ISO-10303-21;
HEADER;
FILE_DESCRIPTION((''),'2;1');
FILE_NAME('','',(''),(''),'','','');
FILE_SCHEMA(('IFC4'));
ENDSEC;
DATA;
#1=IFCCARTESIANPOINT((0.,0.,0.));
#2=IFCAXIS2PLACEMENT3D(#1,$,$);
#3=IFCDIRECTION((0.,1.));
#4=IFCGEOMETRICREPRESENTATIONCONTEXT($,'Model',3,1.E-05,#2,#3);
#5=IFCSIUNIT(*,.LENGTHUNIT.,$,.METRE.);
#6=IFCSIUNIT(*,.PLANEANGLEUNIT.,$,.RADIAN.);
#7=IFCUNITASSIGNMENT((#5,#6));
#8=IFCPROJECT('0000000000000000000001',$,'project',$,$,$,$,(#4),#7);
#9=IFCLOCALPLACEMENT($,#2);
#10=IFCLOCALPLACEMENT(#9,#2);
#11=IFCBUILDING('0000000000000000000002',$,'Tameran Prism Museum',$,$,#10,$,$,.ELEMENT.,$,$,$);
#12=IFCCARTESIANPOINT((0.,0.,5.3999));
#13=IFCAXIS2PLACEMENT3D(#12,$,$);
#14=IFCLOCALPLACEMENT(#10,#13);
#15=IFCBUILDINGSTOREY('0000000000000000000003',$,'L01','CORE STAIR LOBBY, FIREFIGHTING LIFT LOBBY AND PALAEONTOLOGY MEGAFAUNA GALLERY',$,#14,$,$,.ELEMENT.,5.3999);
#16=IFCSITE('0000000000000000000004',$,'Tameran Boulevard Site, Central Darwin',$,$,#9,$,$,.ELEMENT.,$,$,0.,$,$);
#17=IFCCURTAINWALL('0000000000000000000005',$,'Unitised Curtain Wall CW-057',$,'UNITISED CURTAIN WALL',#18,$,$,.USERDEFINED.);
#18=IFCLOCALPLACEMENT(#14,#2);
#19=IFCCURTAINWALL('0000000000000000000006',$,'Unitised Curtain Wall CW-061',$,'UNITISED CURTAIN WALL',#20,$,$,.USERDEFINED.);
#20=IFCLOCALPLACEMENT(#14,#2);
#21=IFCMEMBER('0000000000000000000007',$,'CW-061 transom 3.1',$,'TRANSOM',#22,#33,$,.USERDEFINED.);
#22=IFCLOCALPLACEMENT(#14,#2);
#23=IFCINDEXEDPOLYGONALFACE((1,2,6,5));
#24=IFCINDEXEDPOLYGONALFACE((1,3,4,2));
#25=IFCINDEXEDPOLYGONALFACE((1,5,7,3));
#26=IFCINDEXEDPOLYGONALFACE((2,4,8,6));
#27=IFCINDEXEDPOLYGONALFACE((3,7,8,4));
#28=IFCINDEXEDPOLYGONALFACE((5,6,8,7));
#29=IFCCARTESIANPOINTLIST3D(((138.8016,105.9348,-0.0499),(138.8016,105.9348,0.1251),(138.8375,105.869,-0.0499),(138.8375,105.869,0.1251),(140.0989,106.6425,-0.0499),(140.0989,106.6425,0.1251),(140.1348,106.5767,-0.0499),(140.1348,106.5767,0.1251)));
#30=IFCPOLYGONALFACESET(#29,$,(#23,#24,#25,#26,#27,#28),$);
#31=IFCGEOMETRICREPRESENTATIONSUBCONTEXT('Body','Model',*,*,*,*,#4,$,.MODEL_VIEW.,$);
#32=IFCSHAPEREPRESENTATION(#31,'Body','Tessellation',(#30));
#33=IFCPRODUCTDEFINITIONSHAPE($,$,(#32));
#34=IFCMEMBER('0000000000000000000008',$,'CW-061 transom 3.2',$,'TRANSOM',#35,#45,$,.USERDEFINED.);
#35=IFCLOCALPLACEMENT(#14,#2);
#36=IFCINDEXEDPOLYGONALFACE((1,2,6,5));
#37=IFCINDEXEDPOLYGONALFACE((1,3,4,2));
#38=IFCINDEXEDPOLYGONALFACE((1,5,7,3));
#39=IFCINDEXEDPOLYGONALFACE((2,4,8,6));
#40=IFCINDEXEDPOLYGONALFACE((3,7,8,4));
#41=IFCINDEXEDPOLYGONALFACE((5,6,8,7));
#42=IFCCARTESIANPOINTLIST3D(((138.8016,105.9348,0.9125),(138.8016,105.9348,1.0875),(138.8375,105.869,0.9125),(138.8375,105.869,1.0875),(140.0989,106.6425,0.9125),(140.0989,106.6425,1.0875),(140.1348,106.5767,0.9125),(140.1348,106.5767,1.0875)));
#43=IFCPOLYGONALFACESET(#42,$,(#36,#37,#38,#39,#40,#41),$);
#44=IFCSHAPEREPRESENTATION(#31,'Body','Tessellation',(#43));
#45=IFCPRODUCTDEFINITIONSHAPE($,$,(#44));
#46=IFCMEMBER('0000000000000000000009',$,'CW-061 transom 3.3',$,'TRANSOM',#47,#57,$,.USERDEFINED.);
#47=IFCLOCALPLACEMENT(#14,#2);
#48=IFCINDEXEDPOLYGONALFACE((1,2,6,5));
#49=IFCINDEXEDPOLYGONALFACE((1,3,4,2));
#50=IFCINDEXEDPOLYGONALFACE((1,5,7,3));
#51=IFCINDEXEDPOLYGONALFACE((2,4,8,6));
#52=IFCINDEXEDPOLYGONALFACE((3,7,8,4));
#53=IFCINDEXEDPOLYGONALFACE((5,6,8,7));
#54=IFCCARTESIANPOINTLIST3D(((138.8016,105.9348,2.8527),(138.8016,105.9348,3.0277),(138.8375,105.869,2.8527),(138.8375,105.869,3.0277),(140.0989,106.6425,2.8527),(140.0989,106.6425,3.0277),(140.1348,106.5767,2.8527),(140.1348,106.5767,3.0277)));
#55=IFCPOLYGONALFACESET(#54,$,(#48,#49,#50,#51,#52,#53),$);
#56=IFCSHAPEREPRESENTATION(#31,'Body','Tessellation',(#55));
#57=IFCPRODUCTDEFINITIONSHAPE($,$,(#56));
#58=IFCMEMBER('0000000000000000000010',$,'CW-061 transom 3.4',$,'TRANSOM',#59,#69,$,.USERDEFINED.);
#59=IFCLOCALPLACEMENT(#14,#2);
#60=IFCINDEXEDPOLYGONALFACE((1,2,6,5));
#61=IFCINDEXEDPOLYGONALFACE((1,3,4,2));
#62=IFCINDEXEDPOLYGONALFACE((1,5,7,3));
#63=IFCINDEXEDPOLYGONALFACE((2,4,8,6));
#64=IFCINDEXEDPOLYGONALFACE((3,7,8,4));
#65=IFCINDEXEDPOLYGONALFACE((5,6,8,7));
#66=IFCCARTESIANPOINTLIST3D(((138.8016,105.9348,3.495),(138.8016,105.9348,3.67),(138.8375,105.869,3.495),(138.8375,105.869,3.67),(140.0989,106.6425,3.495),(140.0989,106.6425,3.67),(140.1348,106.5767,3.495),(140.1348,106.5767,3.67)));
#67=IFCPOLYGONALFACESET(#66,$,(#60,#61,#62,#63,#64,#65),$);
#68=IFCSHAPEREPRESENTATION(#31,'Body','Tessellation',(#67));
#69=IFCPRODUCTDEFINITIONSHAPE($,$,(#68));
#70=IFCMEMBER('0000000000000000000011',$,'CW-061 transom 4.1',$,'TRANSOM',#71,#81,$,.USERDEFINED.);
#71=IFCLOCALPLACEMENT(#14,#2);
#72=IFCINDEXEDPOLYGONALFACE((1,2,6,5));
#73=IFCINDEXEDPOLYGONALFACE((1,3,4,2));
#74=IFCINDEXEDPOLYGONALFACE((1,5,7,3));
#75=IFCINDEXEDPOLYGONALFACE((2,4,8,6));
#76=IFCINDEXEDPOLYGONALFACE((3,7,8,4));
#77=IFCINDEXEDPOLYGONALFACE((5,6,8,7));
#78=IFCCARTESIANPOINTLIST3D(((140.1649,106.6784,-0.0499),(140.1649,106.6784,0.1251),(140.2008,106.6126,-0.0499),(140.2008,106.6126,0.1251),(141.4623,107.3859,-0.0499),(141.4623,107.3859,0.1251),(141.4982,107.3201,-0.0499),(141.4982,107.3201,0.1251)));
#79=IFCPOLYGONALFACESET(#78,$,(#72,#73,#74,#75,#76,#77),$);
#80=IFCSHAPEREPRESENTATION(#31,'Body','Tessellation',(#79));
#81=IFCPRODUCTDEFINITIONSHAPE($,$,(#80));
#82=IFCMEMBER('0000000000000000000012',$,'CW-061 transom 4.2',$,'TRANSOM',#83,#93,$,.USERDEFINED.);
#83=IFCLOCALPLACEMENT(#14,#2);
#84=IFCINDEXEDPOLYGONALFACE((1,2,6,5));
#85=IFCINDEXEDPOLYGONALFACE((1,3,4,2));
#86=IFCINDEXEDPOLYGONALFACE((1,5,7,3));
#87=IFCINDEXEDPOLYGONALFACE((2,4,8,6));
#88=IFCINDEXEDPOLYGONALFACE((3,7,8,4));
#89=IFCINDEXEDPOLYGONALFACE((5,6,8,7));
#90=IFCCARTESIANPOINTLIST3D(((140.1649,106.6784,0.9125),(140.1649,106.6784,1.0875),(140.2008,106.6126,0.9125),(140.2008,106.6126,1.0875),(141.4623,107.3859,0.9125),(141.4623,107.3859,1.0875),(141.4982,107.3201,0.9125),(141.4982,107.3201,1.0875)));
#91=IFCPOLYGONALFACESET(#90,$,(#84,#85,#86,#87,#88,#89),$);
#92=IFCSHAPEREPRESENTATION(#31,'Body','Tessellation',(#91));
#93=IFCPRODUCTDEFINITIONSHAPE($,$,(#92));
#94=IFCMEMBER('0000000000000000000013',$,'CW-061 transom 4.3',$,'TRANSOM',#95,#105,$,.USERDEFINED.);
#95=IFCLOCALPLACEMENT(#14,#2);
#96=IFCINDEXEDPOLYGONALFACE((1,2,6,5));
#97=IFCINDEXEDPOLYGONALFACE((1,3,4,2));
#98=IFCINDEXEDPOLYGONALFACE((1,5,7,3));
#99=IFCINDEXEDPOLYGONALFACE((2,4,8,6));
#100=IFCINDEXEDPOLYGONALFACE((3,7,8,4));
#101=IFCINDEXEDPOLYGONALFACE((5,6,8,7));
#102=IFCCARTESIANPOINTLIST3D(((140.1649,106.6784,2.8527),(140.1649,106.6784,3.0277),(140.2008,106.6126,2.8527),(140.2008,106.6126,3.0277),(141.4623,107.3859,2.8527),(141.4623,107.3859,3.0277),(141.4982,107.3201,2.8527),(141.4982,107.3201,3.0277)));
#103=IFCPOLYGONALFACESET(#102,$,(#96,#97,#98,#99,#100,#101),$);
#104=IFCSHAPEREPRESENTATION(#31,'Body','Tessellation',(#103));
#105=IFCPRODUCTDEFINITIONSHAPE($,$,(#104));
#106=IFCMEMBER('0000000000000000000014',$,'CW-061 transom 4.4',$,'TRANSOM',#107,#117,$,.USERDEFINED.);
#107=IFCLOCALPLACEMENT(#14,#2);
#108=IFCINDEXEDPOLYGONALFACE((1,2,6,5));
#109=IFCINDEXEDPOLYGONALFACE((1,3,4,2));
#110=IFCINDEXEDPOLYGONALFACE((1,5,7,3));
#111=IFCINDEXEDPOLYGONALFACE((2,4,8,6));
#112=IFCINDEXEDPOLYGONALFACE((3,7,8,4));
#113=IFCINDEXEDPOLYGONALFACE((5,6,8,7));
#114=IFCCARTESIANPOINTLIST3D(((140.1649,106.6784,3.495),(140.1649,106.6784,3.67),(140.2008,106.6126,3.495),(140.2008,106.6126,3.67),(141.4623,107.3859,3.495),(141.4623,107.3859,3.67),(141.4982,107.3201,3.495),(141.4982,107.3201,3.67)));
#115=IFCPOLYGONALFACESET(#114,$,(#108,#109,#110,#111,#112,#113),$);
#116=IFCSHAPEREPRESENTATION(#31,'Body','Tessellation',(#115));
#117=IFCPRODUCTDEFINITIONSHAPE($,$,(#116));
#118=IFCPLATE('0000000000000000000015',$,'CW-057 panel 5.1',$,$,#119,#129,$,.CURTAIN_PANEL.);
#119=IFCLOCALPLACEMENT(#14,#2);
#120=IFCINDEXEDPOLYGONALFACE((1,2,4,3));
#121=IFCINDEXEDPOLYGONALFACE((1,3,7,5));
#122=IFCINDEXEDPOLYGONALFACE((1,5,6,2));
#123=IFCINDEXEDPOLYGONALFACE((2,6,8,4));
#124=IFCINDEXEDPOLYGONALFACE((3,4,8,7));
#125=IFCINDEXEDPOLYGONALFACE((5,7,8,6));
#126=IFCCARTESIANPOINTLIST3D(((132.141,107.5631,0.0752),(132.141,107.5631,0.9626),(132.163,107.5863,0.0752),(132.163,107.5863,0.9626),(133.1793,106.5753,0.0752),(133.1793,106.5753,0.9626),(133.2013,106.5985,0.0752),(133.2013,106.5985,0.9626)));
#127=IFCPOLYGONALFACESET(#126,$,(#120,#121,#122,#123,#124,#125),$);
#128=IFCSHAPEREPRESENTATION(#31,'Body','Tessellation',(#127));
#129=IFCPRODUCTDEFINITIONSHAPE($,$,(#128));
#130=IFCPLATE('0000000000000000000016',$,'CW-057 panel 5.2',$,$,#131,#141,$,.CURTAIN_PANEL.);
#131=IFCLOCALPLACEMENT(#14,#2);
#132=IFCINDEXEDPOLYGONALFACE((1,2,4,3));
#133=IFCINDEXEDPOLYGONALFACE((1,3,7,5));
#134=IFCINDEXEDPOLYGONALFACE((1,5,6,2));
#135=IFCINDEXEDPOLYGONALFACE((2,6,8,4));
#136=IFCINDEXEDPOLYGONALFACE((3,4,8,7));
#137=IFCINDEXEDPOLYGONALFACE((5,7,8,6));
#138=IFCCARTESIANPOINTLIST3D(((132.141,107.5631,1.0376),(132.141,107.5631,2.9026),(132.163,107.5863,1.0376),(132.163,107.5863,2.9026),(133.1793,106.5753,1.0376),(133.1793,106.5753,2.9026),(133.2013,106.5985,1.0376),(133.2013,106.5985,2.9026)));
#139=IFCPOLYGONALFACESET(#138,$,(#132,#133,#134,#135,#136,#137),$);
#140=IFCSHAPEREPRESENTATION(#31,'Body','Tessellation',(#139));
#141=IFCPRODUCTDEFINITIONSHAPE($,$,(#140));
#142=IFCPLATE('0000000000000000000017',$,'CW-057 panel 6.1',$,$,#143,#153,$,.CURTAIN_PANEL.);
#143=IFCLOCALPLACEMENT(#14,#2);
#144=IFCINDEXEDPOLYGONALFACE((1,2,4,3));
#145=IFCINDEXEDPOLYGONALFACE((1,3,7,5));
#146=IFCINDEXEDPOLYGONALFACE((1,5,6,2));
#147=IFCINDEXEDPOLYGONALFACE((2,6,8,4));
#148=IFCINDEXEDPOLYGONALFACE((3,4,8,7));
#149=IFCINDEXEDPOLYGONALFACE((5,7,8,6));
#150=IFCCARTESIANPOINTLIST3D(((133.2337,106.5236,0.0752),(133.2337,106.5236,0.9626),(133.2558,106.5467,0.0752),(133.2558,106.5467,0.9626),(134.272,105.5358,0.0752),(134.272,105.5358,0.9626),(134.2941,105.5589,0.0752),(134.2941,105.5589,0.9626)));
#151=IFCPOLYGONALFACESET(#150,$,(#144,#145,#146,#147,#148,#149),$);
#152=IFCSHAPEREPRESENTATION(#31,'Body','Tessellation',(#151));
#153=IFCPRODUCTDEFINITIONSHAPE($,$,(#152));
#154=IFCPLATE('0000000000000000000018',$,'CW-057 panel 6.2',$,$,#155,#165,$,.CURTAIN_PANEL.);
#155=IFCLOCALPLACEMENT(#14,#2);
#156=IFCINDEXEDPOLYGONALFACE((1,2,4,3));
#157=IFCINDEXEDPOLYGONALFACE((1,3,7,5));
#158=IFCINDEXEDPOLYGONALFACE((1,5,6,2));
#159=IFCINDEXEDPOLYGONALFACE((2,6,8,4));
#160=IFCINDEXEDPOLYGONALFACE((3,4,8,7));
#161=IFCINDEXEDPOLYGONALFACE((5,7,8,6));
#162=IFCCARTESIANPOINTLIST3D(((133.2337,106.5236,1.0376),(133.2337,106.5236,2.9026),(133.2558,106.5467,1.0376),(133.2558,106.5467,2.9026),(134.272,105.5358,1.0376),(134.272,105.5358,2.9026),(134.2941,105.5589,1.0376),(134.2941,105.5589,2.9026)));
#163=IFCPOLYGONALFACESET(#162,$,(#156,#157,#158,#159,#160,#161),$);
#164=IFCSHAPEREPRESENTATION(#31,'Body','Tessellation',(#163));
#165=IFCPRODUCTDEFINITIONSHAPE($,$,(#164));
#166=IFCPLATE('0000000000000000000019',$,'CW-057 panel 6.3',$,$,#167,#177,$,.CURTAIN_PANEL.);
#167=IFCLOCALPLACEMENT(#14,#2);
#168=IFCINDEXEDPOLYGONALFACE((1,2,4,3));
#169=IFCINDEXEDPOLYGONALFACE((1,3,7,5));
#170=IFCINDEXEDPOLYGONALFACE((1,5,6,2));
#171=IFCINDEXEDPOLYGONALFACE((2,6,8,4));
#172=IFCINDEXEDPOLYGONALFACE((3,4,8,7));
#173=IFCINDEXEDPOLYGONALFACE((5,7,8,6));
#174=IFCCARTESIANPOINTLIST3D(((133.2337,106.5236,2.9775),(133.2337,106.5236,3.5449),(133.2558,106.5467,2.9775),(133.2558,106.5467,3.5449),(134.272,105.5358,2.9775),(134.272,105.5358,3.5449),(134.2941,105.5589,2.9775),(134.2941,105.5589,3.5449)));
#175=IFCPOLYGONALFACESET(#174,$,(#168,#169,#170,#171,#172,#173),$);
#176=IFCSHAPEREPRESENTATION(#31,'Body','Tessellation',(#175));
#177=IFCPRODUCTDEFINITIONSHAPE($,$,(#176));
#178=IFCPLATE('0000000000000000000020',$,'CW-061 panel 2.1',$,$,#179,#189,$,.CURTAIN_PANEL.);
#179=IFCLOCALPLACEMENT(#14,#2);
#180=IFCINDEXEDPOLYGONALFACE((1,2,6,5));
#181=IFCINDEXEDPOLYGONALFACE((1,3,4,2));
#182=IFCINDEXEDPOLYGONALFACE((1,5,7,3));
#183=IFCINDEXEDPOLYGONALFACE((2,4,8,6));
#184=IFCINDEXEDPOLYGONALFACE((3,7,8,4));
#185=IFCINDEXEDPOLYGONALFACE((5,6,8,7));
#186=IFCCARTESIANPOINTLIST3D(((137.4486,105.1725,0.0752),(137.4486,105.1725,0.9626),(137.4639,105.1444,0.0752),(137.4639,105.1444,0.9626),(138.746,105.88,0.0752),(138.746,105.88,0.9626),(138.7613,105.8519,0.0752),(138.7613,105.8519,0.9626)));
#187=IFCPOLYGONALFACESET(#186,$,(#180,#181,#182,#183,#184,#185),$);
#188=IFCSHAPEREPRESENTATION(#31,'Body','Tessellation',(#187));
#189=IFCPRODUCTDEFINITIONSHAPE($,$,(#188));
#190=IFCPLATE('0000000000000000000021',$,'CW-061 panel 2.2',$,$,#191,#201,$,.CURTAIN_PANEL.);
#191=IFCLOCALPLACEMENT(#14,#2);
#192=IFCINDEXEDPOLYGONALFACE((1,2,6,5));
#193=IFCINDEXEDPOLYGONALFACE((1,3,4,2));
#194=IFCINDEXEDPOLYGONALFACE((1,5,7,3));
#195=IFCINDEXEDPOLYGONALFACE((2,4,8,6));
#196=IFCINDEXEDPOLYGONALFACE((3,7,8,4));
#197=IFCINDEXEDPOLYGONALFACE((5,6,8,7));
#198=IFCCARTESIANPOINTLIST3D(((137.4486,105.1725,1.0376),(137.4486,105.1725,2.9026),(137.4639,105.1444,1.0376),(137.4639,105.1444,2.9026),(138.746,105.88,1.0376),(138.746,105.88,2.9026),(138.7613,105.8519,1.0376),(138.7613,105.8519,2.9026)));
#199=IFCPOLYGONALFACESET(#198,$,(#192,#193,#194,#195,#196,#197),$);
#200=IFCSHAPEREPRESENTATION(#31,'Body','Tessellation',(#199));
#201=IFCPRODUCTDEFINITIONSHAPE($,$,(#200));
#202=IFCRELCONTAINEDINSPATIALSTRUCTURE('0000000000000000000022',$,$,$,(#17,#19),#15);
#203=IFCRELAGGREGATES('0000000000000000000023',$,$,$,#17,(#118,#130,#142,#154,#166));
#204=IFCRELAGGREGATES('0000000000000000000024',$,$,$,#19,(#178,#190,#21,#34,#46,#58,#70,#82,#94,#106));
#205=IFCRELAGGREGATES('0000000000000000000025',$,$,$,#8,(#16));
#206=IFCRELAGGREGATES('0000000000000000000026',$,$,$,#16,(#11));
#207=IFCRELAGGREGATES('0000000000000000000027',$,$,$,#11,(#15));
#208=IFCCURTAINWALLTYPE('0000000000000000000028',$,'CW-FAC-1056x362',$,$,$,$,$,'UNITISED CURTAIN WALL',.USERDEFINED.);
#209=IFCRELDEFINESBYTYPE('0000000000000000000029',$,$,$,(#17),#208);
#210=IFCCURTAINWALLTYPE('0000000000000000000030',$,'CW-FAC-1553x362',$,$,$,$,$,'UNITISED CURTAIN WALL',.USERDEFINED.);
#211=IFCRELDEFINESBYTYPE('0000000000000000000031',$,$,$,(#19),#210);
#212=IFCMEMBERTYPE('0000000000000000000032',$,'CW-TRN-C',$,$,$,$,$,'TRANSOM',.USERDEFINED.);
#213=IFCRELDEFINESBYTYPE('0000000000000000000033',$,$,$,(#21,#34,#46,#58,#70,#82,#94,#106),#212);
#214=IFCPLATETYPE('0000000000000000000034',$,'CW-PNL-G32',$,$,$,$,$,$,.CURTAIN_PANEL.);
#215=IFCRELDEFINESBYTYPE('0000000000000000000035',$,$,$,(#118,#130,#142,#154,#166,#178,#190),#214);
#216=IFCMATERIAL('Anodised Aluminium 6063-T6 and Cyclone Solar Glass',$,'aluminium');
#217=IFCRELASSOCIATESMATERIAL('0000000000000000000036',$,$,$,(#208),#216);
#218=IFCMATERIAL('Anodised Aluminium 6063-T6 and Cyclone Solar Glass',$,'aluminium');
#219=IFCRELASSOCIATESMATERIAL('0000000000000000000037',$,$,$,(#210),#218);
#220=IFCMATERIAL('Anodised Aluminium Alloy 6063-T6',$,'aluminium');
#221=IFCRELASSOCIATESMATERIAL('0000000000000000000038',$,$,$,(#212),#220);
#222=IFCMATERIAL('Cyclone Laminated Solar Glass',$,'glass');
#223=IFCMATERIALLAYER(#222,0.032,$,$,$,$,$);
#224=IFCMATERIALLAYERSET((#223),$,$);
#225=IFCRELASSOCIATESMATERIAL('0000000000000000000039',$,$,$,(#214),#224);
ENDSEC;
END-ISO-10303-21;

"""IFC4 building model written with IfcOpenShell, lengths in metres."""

from ifc_helpers import new_model, si_unit, direction, frame, origin, origin_2d, place, context, subcontext, project, spatial, rectangle, extrude, material, layer, layer_set, material_profile, profile_set, type_object, element, aggregate, save


model = new_model("IFC4")

# Units and contexts
model_context = context("Model", 3, precision=1e-05, world=origin(), true_north=direction((0.0, 1.0)))
body_context = subcontext(model_context, "Body", "Model", "MODEL_VIEW")
ifc_project = project(units=[si_unit("LENGTHUNIT", "METRE"), si_unit("PLANEANGLEUNIT", "RADIAN")], contexts=[model_context])

# Site, building, storey
site_placement = place(None, origin())
site = spatial("IfcSite", under=ifc_project, at=site_placement, Name="Tameran Boulevard Site, Central Darwin", CompositionType="ELEMENT", RefElevation=0.0)
building_placement = place(site_placement, origin())
building = spatial("IfcBuilding", under=site, at=building_placement, Name="Tameran Prism Museum", CompositionType="ELEMENT")
storey_placement = place(building_placement, frame((0.0, 0.0, 5.3999)))
storey = spatial("IfcBuildingStorey", under=building, at=storey_placement, Name="L01", Description="CORE STAIR LOBBY, FIREFIGHTING LIFT LOBBY AND PALAEONTOLOGY MEGAFAUNA GALLERY", CompositionType="ELEMENT", Elevation=5.3999)

# Curtain walls
ifc_material_1 = material(Name="Anodised Aluminium 6063-T6 and Cyclone Solar Glass", Category="aluminium")
curtain_wall_type_1 = type_object("IfcCurtainWallType", Name="CW-FAC-1056x362", ElementType="UNITISED CURTAIN WALL", PredefinedType="USERDEFINED", material=ifc_material_1)
curtain_wall_1_placement = place(storey_placement, origin())
curtain_wall_1 = element("IfcCurtainWall", 1, at=curtain_wall_1_placement, inside=storey, type_object=curtain_wall_type_1, Name="Unitised Curtain Wall CW-057", ObjectType="UNITISED CURTAIN WALL", PredefinedType="USERDEFINED")
ifc_material_2 = material(Name="Anodised Aluminium 6063-T6 and Cyclone Solar Glass", Category="aluminium")
curtain_wall_type_2 = type_object("IfcCurtainWallType", Name="CW-FAC-1553x362", ElementType="UNITISED CURTAIN WALL", PredefinedType="USERDEFINED", material=ifc_material_2)
curtain_wall_2_placement = place(storey_placement, origin())
curtain_wall_2 = element("IfcCurtainWall", 2, at=curtain_wall_2_placement, inside=storey, type_object=curtain_wall_type_2, Name="Unitised Curtain Wall CW-061", ObjectType="UNITISED CURTAIN WALL", PredefinedType="USERDEFINED")

# Members
ifc_material_3 = material(Name="Anodised Aluminium Alloy 6063-T6", Category="aluminium")
ifc_material_profile_1 = material_profile(ifc_material_3, rectangle(XDim=0.075, YDim=0.175, at=origin_2d()))
ifc_profile_set_1 = profile_set([ifc_material_profile_1])
member_type_1 = type_object("IfcMemberType", Name="CW-TRN-C", ElementType="TRANSOM", PredefinedType="USERDEFINED", material=ifc_profile_set_1)
member_1_placement = place(storey_placement, frame((138.8196, 105.9019, 0.0376), z_axis=(0.877864, 0.47891, 0.0), x_axis=(-0.47891, 0.877864, 0.0)))
member_1 = element("IfcMember", 3, at=member_1_placement, type_object=member_type_1, Name="CW-061 transom 3.1", ObjectType="TRANSOM", PredefinedType="USERDEFINED", context=body_context, shape_type="SweptSolid", body=[
    extrude(rectangle(XDim=0.075, YDim=0.175, at=origin_2d()), origin(), (0.0, 0.0, 1.0), 1.4778),
])
member_2_placement = place(storey_placement, frame((138.8196, 105.9019, 1.0), z_axis=(0.877864, 0.47891, 0.0), x_axis=(-0.47891, 0.877864, 0.0)))
member_2 = element("IfcMember", 4, at=member_2_placement, type_object=member_type_1, Name="CW-061 transom 3.2", ObjectType="TRANSOM", PredefinedType="USERDEFINED", context=body_context, shape_type="SweptSolid", body=[
    extrude(rectangle(XDim=0.075, YDim=0.175, at=origin_2d()), origin(), (0.0, 0.0, 1.0), 1.4778),
])
member_3_placement = place(storey_placement, frame((138.8196, 105.9019, 2.9402), z_axis=(0.877864, 0.47891, 0.0), x_axis=(-0.47891, 0.877864, 0.0)))
member_3 = element("IfcMember", 5, at=member_3_placement, type_object=member_type_1, Name="CW-061 transom 3.3", ObjectType="TRANSOM", PredefinedType="USERDEFINED", context=body_context, shape_type="SweptSolid", body=[
    extrude(rectangle(XDim=0.075, YDim=0.175, at=origin_2d()), origin(), (0.0, 0.0, 1.0), 1.4778),
])
member_4_placement = place(storey_placement, frame((138.8196, 105.9019, 3.5825), z_axis=(0.877864, 0.47891, 0.0), x_axis=(-0.47891, 0.877864, 0.0)))
member_4 = element("IfcMember", 6, at=member_4_placement, type_object=member_type_1, Name="CW-061 transom 3.4", ObjectType="TRANSOM", PredefinedType="USERDEFINED", context=body_context, shape_type="SweptSolid", body=[
    extrude(rectangle(XDim=0.075, YDim=0.175, at=origin_2d()), origin(), (0.0, 0.0, 1.0), 1.4778),
])
member_5_placement = place(storey_placement, frame((140.1829, 106.6455, 0.0376), z_axis=(0.877933, 0.478783, 0.0), x_axis=(-0.478783, 0.877933, 0.0)))
member_5 = element("IfcMember", 7, at=member_5_placement, type_object=member_type_1, Name="CW-061 transom 4.1", ObjectType="TRANSOM", PredefinedType="USERDEFINED", context=body_context, shape_type="SweptSolid", body=[
    extrude(rectangle(XDim=0.075, YDim=0.175, at=origin_2d()), origin(), (0.0, 0.0, 1.0), 1.4778),
])
member_6_placement = place(storey_placement, frame((140.1829, 106.6455, 1.0), z_axis=(0.877933, 0.478783, 0.0), x_axis=(-0.478783, 0.877933, 0.0)))
member_6 = element("IfcMember", 8, at=member_6_placement, type_object=member_type_1, Name="CW-061 transom 4.2", ObjectType="TRANSOM", PredefinedType="USERDEFINED", context=body_context, shape_type="SweptSolid", body=[
    extrude(rectangle(XDim=0.075, YDim=0.175, at=origin_2d()), origin(), (0.0, 0.0, 1.0), 1.4778),
])
member_7_placement = place(storey_placement, frame((140.1829, 106.6455, 2.9402), z_axis=(0.877933, 0.478783, 0.0), x_axis=(-0.478783, 0.877933, 0.0)))
member_7 = element("IfcMember", 9, at=member_7_placement, type_object=member_type_1, Name="CW-061 transom 4.3", ObjectType="TRANSOM", PredefinedType="USERDEFINED", context=body_context, shape_type="SweptSolid", body=[
    extrude(rectangle(XDim=0.075, YDim=0.175, at=origin_2d()), origin(), (0.0, 0.0, 1.0), 1.4778),
])
member_8_placement = place(storey_placement, frame((140.1829, 106.6455, 3.5825), z_axis=(0.877933, 0.478783, 0.0), x_axis=(-0.478783, 0.877933, 0.0)))
member_8 = element("IfcMember", 10, at=member_8_placement, type_object=member_type_1, Name="CW-061 transom 4.4", ObjectType="TRANSOM", PredefinedType="USERDEFINED", context=body_context, shape_type="SweptSolid", body=[
    extrude(rectangle(XDim=0.075, YDim=0.175, at=origin_2d()), origin(), (0.0, 0.0, 1.0), 1.4778),
])

# Plates
ifc_material_4 = material(Name="Cyclone Laminated Solar Glass", Category="glass")
ifc_layer = layer(ifc_material_4, 0.032)
ifc_layer_set = layer_set([ifc_layer])
plate_type = type_object("IfcPlateType", Name="CW-PNL-G32", PredefinedType="CURTAIN_PANEL", material=ifc_layer_set)
plate_1_placement = place(storey_placement, frame((132.6711, 107.0808, 0.0752), z_axis=(0.0, 0.0, 1.0), x_axis=(0.724505, -0.68927, 0.0)))
plate_1 = element("IfcPlate", 11, at=plate_1_placement, type_object=plate_type, Name="CW-057 panel 5.1", PredefinedType="CURTAIN_PANEL", context=body_context, shape_type="SweptSolid", body=[
    extrude(rectangle(XDim=1.4331, YDim=0.032, at=origin_2d()), origin(), (0.0, 0.0, 1.0), 0.8875),
])
plate_2_placement = place(storey_placement, frame((132.6711, 107.0808, 1.0376), z_axis=(0.0, 0.0, 1.0), x_axis=(0.724505, -0.68927, 0.0)))
plate_2 = element("IfcPlate", 12, at=plate_2_placement, type_object=plate_type, Name="CW-057 panel 5.2", PredefinedType="CURTAIN_PANEL", context=body_context, shape_type="SweptSolid", body=[
    extrude(rectangle(XDim=1.4331, YDim=0.032, at=origin_2d()), origin(), (0.0, 0.0, 1.0), 1.865),
])
plate_3_placement = place(storey_placement, frame((133.7639, 106.0413, 0.0752), z_axis=(0.0, 0.0, 1.0), x_axis=(0.724505, -0.68927, 0.0)))
plate_3 = element("IfcPlate", 13, at=plate_3_placement, type_object=plate_type, Name="CW-057 panel 6.1", PredefinedType="CURTAIN_PANEL", context=body_context, shape_type="SweptSolid", body=[
    extrude(rectangle(XDim=1.4331, YDim=0.032, at=origin_2d()), origin(), (0.0, 0.0, 1.0), 0.8875),
])
plate_4_placement = place(storey_placement, frame((133.7639, 106.0413, 1.0376), z_axis=(0.0, 0.0, 1.0), x_axis=(0.724505, -0.68927, 0.0)))
plate_4 = element("IfcPlate", 14, at=plate_4_placement, type_object=plate_type, Name="CW-057 panel 6.2", PredefinedType="CURTAIN_PANEL", context=body_context, shape_type="SweptSolid", body=[
    extrude(rectangle(XDim=1.4331, YDim=0.032, at=origin_2d()), origin(), (0.0, 0.0, 1.0), 1.865),
])
plate_5_placement = place(storey_placement, frame((133.7639, 106.0413, 2.9775), z_axis=(0.0, 0.0, 1.0), x_axis=(0.724505, -0.68927, 0.0)))
plate_5 = element("IfcPlate", 15, at=plate_5_placement, type_object=plate_type, Name="CW-057 panel 6.3", PredefinedType="CURTAIN_PANEL", context=body_context, shape_type="SweptSolid", body=[
    extrude(rectangle(XDim=1.4331, YDim=0.032, at=origin_2d()), origin(), (0.0, 0.0, 1.0), 0.5674),
])
aggregate(curtain_wall_1, [plate_1, plate_2, plate_3, plate_4, plate_5])
plate_6_placement = place(storey_placement, frame((138.105, 105.5122, 0.0752), z_axis=(0.0, 0.0, 1.0), x_axis=(0.877928, 0.478793, 0.0)))
plate_6 = element("IfcPlate", 16, at=plate_6_placement, type_object=plate_type, Name="CW-061 panel 2.1", PredefinedType="CURTAIN_PANEL", context=body_context, shape_type="SweptSolid", body=[
    extrude(rectangle(XDim=1.4778, YDim=0.032, at=origin_2d()), origin(), (0.0, 0.0, 1.0), 0.8875),
])
plate_7_placement = place(storey_placement, frame((138.105, 105.5122, 1.0376), z_axis=(0.0, 0.0, 1.0), x_axis=(0.877928, 0.478793, 0.0)))
plate_7 = element("IfcPlate", 17, at=plate_7_placement, type_object=plate_type, Name="CW-061 panel 2.2", PredefinedType="CURTAIN_PANEL", context=body_context, shape_type="SweptSolid", body=[
    extrude(rectangle(XDim=1.4778, YDim=0.032, at=origin_2d()), origin(), (0.0, 0.0, 1.0), 1.865),
])
aggregate(curtain_wall_2, [plate_6, plate_7, member_1, member_2, member_3, member_4, member_5, member_6, member_7, member_8])

save(model, "model.ifc")
